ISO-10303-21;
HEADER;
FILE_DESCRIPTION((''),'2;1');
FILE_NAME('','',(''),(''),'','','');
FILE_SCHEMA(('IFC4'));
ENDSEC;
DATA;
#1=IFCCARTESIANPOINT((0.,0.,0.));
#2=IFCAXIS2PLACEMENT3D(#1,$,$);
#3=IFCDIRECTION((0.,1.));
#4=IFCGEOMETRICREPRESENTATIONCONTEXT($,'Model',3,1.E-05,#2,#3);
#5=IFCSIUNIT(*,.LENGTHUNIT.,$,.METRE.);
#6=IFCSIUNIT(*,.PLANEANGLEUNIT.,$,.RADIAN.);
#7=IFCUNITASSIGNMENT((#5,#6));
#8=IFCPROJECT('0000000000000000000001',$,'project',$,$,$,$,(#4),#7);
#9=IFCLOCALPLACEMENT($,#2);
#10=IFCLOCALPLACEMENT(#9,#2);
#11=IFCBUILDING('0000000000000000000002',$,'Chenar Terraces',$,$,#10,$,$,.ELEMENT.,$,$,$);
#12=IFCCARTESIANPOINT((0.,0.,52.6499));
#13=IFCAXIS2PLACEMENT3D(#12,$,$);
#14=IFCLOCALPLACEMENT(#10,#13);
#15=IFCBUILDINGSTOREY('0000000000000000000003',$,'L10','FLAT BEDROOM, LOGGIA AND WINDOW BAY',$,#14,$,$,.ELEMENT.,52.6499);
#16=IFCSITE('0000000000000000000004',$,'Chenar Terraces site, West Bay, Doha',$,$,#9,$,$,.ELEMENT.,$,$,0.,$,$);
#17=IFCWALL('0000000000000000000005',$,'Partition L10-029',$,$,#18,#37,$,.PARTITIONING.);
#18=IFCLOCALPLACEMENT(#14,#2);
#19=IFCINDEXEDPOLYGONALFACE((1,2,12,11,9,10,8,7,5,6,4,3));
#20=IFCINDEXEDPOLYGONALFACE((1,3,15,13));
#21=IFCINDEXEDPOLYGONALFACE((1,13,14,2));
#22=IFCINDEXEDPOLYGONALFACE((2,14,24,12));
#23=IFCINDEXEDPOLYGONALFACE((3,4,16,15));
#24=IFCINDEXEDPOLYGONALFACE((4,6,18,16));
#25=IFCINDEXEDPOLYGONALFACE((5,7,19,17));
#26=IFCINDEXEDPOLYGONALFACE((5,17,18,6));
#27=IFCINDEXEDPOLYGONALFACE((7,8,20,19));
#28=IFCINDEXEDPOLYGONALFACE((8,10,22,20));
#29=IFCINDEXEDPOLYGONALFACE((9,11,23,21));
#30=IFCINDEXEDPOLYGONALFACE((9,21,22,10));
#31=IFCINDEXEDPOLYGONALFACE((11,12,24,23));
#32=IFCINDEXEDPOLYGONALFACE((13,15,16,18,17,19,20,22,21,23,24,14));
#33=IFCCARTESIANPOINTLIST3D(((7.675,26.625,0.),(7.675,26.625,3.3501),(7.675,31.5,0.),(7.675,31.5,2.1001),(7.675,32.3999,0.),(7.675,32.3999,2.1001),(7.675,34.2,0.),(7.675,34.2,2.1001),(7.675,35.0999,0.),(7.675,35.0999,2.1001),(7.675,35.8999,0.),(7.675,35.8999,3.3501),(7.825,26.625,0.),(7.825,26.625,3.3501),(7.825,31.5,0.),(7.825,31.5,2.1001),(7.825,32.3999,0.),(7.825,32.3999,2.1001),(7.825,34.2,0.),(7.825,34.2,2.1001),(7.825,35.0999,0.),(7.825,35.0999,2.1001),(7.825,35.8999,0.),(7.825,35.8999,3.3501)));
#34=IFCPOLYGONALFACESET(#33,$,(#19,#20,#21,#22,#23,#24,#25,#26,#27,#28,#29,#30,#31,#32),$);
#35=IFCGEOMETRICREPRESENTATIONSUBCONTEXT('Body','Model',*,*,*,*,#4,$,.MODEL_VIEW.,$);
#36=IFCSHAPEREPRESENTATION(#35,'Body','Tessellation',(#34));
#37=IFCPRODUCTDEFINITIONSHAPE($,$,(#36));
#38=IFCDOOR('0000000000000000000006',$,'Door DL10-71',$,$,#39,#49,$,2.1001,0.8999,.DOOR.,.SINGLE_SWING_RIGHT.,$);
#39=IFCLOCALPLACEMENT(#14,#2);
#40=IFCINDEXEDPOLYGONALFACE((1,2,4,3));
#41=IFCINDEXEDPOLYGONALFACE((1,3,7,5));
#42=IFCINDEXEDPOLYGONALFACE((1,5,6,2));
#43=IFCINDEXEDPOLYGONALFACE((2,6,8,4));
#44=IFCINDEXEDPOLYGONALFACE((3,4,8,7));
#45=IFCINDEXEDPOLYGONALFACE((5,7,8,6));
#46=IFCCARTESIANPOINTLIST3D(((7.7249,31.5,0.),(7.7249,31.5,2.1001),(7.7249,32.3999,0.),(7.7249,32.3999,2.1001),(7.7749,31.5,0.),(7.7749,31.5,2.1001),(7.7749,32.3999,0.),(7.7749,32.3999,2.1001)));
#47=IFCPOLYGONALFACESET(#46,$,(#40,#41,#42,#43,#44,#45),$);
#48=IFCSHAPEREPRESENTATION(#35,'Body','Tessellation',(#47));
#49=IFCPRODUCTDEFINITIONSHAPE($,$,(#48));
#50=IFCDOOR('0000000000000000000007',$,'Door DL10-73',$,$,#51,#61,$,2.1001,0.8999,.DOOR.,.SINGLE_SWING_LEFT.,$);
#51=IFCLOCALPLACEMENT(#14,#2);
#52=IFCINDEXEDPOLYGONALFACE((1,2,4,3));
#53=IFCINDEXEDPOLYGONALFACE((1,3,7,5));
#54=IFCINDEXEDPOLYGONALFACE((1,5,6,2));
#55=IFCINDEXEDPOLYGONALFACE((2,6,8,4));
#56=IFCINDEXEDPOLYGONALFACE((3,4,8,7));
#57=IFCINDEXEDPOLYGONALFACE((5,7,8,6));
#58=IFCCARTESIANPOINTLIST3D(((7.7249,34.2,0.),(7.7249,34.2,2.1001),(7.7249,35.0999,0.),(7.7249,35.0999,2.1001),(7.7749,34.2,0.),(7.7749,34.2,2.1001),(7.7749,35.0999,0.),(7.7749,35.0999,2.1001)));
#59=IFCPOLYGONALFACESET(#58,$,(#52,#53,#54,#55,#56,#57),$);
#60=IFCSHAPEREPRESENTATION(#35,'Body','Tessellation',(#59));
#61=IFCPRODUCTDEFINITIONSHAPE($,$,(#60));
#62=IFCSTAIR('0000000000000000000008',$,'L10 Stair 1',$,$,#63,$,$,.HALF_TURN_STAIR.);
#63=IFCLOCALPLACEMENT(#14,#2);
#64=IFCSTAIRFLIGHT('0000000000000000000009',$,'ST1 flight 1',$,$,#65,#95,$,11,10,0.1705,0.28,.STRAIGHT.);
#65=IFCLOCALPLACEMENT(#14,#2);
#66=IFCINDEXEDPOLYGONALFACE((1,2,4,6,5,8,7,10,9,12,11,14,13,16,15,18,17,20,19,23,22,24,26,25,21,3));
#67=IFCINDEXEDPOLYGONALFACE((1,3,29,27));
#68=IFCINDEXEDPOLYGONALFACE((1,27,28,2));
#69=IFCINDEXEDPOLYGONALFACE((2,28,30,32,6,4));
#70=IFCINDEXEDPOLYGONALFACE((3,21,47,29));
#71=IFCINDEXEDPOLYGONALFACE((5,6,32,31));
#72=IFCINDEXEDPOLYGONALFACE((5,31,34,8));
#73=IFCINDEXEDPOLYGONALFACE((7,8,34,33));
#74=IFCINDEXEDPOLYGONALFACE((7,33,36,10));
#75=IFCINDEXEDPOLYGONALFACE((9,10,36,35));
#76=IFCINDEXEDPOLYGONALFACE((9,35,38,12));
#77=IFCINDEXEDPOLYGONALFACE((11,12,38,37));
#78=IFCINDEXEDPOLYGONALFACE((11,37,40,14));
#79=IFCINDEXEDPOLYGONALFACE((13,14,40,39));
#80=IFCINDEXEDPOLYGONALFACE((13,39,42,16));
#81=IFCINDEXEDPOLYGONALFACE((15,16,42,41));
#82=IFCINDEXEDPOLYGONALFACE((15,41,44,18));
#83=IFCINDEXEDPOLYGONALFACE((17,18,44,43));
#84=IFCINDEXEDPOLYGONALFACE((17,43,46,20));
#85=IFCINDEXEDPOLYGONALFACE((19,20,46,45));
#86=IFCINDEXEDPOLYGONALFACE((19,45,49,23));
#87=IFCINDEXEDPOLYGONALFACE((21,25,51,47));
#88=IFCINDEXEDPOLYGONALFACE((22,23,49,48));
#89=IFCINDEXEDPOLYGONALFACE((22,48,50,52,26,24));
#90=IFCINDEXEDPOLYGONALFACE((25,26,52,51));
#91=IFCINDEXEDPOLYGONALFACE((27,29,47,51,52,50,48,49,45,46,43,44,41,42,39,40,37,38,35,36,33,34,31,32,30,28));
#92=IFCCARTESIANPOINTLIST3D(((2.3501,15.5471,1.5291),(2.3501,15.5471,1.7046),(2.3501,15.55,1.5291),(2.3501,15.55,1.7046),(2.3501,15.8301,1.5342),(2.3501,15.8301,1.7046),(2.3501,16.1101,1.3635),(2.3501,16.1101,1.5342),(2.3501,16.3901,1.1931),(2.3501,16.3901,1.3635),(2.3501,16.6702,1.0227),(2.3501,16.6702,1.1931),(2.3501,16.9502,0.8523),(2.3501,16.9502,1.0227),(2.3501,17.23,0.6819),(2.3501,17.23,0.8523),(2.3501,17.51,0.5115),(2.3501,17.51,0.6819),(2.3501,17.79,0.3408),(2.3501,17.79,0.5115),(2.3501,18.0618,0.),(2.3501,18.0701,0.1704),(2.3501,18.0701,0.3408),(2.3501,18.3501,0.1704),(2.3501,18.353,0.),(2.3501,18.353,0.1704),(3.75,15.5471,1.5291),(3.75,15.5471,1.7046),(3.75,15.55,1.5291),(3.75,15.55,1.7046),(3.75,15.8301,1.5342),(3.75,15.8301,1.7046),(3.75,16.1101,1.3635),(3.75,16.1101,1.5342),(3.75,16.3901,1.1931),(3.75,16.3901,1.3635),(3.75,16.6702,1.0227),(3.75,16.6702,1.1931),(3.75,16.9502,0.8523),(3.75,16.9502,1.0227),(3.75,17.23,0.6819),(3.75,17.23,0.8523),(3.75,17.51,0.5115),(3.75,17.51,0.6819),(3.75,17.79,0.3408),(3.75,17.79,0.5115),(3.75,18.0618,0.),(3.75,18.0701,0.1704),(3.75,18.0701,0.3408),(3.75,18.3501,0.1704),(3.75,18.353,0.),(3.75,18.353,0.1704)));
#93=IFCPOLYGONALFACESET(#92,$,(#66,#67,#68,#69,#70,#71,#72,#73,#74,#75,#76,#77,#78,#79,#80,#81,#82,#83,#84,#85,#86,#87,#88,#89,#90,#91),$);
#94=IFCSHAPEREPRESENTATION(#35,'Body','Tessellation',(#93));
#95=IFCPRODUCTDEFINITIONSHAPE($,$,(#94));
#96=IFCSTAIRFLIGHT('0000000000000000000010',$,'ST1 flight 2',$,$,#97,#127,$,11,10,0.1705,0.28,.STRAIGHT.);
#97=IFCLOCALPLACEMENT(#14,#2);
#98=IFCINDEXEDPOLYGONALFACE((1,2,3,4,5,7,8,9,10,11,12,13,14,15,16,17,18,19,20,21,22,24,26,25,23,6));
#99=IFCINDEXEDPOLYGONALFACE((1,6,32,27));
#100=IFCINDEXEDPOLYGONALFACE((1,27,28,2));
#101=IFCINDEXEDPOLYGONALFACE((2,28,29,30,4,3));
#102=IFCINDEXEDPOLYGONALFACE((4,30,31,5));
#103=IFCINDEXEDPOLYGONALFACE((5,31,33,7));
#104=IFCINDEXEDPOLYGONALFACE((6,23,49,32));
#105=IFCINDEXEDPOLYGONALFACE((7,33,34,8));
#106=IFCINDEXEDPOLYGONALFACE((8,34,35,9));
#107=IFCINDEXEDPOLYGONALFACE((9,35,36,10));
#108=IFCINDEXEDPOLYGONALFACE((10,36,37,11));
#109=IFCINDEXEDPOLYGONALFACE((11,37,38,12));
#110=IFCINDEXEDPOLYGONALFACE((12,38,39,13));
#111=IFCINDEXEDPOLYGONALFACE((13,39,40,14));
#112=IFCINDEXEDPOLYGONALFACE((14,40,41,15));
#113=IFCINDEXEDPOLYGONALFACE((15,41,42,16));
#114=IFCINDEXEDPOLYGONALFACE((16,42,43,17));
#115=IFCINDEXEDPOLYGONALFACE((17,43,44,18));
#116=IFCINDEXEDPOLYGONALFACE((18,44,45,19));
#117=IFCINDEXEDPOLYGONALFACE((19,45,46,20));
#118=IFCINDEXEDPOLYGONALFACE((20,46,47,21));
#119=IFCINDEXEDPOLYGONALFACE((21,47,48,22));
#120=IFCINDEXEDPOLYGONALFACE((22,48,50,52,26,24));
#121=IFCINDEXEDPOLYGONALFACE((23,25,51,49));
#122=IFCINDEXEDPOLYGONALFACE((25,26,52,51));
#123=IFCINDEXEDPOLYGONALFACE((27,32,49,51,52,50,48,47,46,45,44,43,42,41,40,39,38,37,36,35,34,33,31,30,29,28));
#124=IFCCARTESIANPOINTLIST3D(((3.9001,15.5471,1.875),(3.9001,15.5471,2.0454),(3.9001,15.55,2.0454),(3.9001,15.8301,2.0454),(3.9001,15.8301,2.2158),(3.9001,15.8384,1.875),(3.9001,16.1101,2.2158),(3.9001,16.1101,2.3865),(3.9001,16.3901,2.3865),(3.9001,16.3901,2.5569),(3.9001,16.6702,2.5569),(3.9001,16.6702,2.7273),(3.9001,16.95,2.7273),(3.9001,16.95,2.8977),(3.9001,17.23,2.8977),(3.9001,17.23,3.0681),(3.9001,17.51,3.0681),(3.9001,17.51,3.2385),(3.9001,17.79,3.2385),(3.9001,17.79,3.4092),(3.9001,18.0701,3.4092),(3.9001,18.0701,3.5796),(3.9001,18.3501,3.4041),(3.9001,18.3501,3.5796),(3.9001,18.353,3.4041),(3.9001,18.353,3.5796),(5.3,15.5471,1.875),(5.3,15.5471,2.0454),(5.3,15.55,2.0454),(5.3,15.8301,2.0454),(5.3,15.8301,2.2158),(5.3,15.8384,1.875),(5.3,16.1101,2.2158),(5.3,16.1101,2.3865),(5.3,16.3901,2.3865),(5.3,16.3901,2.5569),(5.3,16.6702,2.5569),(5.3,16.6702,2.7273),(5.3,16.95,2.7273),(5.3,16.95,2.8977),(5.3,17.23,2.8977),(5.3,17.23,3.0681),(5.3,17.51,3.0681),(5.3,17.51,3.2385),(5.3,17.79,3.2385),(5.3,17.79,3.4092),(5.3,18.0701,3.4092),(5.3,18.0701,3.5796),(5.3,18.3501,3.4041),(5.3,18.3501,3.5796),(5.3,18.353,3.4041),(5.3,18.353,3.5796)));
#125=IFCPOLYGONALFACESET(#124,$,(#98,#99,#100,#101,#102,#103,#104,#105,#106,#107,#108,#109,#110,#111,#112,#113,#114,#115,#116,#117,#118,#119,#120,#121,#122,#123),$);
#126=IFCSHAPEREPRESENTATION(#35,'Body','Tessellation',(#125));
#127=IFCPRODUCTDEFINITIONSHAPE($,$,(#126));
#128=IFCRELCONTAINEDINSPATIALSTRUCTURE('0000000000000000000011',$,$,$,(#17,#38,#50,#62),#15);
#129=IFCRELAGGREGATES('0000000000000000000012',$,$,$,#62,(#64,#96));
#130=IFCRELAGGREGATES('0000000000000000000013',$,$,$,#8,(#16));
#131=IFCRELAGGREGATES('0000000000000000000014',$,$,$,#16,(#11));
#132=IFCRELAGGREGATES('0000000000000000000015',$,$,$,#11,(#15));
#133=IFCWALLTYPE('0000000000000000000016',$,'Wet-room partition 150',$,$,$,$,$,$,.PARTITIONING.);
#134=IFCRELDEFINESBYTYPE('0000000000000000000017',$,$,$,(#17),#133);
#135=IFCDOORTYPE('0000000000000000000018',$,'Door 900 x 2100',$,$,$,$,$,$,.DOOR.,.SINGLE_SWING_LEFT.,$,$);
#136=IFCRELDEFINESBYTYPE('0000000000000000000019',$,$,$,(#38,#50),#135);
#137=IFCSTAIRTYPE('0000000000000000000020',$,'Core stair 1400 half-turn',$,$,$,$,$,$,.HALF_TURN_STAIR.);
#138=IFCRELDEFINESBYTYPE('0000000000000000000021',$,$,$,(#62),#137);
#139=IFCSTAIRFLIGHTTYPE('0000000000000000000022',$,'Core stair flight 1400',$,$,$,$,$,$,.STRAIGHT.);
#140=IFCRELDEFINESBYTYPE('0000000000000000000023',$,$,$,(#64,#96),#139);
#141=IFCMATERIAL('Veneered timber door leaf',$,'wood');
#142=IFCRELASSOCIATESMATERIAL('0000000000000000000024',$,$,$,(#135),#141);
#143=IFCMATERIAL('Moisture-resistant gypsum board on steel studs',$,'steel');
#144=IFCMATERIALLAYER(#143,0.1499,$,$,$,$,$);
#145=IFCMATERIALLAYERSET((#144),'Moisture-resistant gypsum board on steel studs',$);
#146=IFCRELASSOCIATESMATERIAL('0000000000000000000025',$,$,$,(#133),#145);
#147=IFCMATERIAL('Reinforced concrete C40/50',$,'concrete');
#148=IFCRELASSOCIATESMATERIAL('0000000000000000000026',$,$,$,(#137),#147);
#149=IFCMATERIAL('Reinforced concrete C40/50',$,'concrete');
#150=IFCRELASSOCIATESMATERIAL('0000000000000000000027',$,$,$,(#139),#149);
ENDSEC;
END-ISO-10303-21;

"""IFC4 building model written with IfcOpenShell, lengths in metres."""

from ifc_helpers import new_model, si_unit, direction, frame, frame_2d, origin, place, context, subcontext, project, spatial, polyline, rectangle, outline, extrude, material, layer, layer_set, type_object, element, fill, aggregate, save


model = new_model("IFC4")

# Units and contexts
model_context = context("Model", 3, precision=1e-05, world=origin(), true_north=direction((0.0, 1.0)))
body_context = subcontext(model_context, "Body", "Model", "MODEL_VIEW")
ifc_project = project(units=[si_unit("LENGTHUNIT", "METRE"), si_unit("PLANEANGLEUNIT", "RADIAN")], contexts=[model_context])

# Site, building, storey
site_placement = place(None, origin())
site = spatial("IfcSite", under=ifc_project, at=site_placement, Name="Chenar Terraces site, West Bay, Doha", CompositionType="ELEMENT", RefElevation=0.0)
building_placement = place(site_placement, origin())
building = spatial("IfcBuilding", under=site, at=building_placement, Name="Chenar Terraces", CompositionType="ELEMENT")
storey_placement = place(building_placement, frame((0.0, 0.0, 52.6499)))
storey = spatial("IfcBuildingStorey", under=building, at=storey_placement, Name="L10", Description="FLAT BEDROOM, LOGGIA AND WINDOW BAY", CompositionType="ELEMENT", Elevation=52.6499)

# Shared definitions
ifc_material_1 = material(Name="Veneered timber door leaf", Category="wood")
door_type_1 = type_object("IfcDoorType", Name="Door 900 x 2100", OperationType="SINGLE_SWING_LEFT", PredefinedType="DOOR", material=ifc_material_1)

# Shared definitions
ifc_material_2 = material(Name="Moisture-resistant gypsum board on steel studs", Category="steel")
ifc_layer_1 = layer(ifc_material_2, 0.1499)
ifc_layer_set_1 = layer_set([ifc_layer_1], Name="Moisture-resistant gypsum board on steel studs")
wall_type_1 = type_object("IfcWallType", Name="Wet-room partition 150", PredefinedType="PARTITIONING", material=ifc_layer_set_1)

# Wall, openings, doors
wall_1_placement = place(storey_placement, frame((7.75, 26.625, 0.0), z_axis=(0.0, 0.0, 1.0), x_axis=(0.0, 1.0, 0.0)))
wall_1 = element("IfcWall", 1, at=wall_1_placement, inside=storey, type_object=wall_type_1, Name="Partition L10-029", PredefinedType="PARTITIONING", context=body_context, shape_type="SweptSolid", body=[
    extrude(rectangle(XDim=9.2749, YDim=0.1499, at=frame_2d((4.6375, 0.0))), origin(), (0.0, 0.0, 1.0), 3.3501),
])
opening_1_placement = place(wall_1_placement, frame((4.875, 0.0, 0.0)))
opening_1 = element("IfcOpeningElement", 2, at=opening_1_placement, cuts=wall_1, PredefinedType="OPENING", context=body_context, shape_type="SweptSolid", body=[
    extrude(rectangle(XDim=0.8999, YDim=2.1001, at=frame_2d((0.45, 1.05))), frame((0.0, 0.085, 0.0), z_axis=(0.0, -1.0, 0.0), x_axis=(1.0, 0.0, 0.0)), (0.0, 0.0, 1.0), 0.1699),
])
opening_2_placement = place(wall_1_placement, frame((7.575, 0.0, 0.0)))
opening_2 = element("IfcOpeningElement", 3, at=opening_2_placement, cuts=wall_1, PredefinedType="OPENING", context=body_context, shape_type="SweptSolid", body=[
    extrude(rectangle(XDim=0.8999, YDim=2.1001, at=frame_2d((0.45, 1.05))), frame((0.0, 0.085, 0.0), z_axis=(0.0, -1.0, 0.0), x_axis=(1.0, 0.0, 0.0)), (0.0, 0.0, 1.0), 0.1699),
])
door_1_placement = place(opening_1_placement, frame((0.8999, 0.0, 0.0), z_axis=(0.0, 0.0, 1.0), x_axis=(-1.0, 0.0, 0.0)))
door_1 = element("IfcDoor", 4, at=door_1_placement, inside=storey, type_object=door_type_1, Name="Door DL10-71", OperationType="SINGLE_SWING_RIGHT", OverallHeight=2.1001, OverallWidth=0.8999, PredefinedType="DOOR", context=body_context, shape_type="SweptSolid", body=[
    extrude(rectangle(XDim=0.8999, YDim=2.1001, at=frame_2d((0.45, 1.05))), frame((0.0, 0.0249, 0.0), z_axis=(0.0, -1.0, 0.0), x_axis=(1.0, 0.0, 0.0)), (0.0, 0.0, 1.0), 0.05),
])
fill(opening_1, door_1)
door_2_placement = place(opening_2_placement, frame((0.8999, 0.0, 0.0), z_axis=(0.0, 0.0, 1.0), x_axis=(-1.0, 0.0, 0.0)))
door_2 = element("IfcDoor", 5, at=door_2_placement, inside=storey, type_object=door_type_1, Name="Door DL10-73", OperationType="SINGLE_SWING_LEFT", OverallHeight=2.1001, OverallWidth=0.8999, PredefinedType="DOOR", context=body_context, shape_type="SweptSolid", body=[
    extrude(rectangle(XDim=0.8999, YDim=2.1001, at=frame_2d((0.45, 1.05))), frame((0.0, 0.0249, 0.0), z_axis=(0.0, -1.0, 0.0), x_axis=(1.0, 0.0, 0.0)), (0.0, 0.0, 1.0), 0.05),
])
fill(opening_2, door_2)

# Stair, stair flights
ifc_material_3 = material(Name="Reinforced concrete C40/50", Category="concrete")
stair_type = type_object("IfcStairType", Name="Core stair 1400 half-turn", PredefinedType="HALF_TURN_STAIR", material=ifc_material_3)
stair_placement = place(storey_placement, origin())
stair = element("IfcStair", 6, at=stair_placement, inside=storey, type_object=stair_type, Name="L10 Stair 1", PredefinedType="HALF_TURN_STAIR")
ifc_material_4 = material(Name="Reinforced concrete C40/50", Category="concrete")
stair_flight_type = type_object("IfcStairFlightType", Name="Core stair flight 1400", PredefinedType="STRAIGHT", material=ifc_material_4)
stair_flight_1_placement = place(storey_placement, frame((3.05, 18.3501, 0.0), z_axis=(0.0, 0.0, 1.0), x_axis=(0.0, -1.0, 0.0)))
stair_flight_1 = element("IfcStairFlight", 7, at=stair_flight_1_placement, type_object=stair_flight_type, Name="ST1 flight 1", NumberOfRisers=11, NumberOfTreads=10, PredefinedType="STRAIGHT", RiserHeight=0.1705, TreadLength=0.28, context=body_context, shape_type="SweptSolid", body=[
    extrude(outline(polyline([(-0.0029, 0.0), (-0.0029, 0.1704), (0.0, 0.1704), (0.28, 0.1704), (0.28, 0.3408), (0.5601, 0.3408), (0.5601, 0.5115), (0.8401, 0.5115), (0.8401, 0.6819), (1.1201, 0.6819), (1.1201, 0.8523), (1.3999, 0.8523), (1.3999, 1.0227), (1.6799, 1.0227), (1.6799, 1.1931), (1.96, 1.1931), (1.96, 1.3635), (2.24, 1.3635), (2.24, 1.5342), (2.52, 1.5342), (2.52, 1.7046), (2.8, 1.7046), (2.803, 1.7046), (2.803, 1.5291), (2.8, 1.5291), (0.2883, 0.0), (-0.0029, 0.0)])), frame((0.0, 0.7, 0.0), z_axis=(0.0, -1.0, 0.0), x_axis=(1.0, 0.0, 0.0)), (0.0, 0.0, 1.0), 1.3999),
])
stair_flight_2_placement = place(storey_placement, frame((4.6001, 15.55, 1.875), z_axis=(0.0, 0.0, 1.0), x_axis=(0.0, 1.0, 0.0)))
stair_flight_2 = element("IfcStairFlight", 8, at=stair_flight_2_placement, type_object=stair_flight_type, Name="ST1 flight 2", NumberOfRisers=11, NumberOfTreads=10, PredefinedType="STRAIGHT", RiserHeight=0.1705, TreadLength=0.28, context=body_context, shape_type="SweptSolid", body=[
    extrude(outline(polyline([(-0.0029, 0.0), (-0.0029, 0.1704), (0.0, 0.1704), (0.28, 0.1704), (0.28, 0.3408), (0.5601, 0.3408), (0.5601, 0.5115), (0.8401, 0.5115), (0.8401, 0.6819), (1.1201, 0.6819), (1.1201, 0.8523), (1.3999, 0.8523), (1.3999, 1.0227), (1.6799, 1.0227), (1.6799, 1.1931), (1.96, 1.1931), (1.96, 1.3635), (2.24, 1.3635), (2.24, 1.5342), (2.52, 1.5342), (2.52, 1.7046), (2.8, 1.7046), (2.803, 1.7046), (2.803, 1.5291), (2.8, 1.5291), (0.2883, 0.0), (-0.0029, 0.0)])), frame((0.0, 0.7, 0.0), z_axis=(0.0, -1.0, 0.0), x_axis=(1.0, 0.0, 0.0)), (0.0, 0.0, 1.0), 1.3999),
])
aggregate(stair, [stair_flight_1, stair_flight_2])

save(model, "model.ifc")
